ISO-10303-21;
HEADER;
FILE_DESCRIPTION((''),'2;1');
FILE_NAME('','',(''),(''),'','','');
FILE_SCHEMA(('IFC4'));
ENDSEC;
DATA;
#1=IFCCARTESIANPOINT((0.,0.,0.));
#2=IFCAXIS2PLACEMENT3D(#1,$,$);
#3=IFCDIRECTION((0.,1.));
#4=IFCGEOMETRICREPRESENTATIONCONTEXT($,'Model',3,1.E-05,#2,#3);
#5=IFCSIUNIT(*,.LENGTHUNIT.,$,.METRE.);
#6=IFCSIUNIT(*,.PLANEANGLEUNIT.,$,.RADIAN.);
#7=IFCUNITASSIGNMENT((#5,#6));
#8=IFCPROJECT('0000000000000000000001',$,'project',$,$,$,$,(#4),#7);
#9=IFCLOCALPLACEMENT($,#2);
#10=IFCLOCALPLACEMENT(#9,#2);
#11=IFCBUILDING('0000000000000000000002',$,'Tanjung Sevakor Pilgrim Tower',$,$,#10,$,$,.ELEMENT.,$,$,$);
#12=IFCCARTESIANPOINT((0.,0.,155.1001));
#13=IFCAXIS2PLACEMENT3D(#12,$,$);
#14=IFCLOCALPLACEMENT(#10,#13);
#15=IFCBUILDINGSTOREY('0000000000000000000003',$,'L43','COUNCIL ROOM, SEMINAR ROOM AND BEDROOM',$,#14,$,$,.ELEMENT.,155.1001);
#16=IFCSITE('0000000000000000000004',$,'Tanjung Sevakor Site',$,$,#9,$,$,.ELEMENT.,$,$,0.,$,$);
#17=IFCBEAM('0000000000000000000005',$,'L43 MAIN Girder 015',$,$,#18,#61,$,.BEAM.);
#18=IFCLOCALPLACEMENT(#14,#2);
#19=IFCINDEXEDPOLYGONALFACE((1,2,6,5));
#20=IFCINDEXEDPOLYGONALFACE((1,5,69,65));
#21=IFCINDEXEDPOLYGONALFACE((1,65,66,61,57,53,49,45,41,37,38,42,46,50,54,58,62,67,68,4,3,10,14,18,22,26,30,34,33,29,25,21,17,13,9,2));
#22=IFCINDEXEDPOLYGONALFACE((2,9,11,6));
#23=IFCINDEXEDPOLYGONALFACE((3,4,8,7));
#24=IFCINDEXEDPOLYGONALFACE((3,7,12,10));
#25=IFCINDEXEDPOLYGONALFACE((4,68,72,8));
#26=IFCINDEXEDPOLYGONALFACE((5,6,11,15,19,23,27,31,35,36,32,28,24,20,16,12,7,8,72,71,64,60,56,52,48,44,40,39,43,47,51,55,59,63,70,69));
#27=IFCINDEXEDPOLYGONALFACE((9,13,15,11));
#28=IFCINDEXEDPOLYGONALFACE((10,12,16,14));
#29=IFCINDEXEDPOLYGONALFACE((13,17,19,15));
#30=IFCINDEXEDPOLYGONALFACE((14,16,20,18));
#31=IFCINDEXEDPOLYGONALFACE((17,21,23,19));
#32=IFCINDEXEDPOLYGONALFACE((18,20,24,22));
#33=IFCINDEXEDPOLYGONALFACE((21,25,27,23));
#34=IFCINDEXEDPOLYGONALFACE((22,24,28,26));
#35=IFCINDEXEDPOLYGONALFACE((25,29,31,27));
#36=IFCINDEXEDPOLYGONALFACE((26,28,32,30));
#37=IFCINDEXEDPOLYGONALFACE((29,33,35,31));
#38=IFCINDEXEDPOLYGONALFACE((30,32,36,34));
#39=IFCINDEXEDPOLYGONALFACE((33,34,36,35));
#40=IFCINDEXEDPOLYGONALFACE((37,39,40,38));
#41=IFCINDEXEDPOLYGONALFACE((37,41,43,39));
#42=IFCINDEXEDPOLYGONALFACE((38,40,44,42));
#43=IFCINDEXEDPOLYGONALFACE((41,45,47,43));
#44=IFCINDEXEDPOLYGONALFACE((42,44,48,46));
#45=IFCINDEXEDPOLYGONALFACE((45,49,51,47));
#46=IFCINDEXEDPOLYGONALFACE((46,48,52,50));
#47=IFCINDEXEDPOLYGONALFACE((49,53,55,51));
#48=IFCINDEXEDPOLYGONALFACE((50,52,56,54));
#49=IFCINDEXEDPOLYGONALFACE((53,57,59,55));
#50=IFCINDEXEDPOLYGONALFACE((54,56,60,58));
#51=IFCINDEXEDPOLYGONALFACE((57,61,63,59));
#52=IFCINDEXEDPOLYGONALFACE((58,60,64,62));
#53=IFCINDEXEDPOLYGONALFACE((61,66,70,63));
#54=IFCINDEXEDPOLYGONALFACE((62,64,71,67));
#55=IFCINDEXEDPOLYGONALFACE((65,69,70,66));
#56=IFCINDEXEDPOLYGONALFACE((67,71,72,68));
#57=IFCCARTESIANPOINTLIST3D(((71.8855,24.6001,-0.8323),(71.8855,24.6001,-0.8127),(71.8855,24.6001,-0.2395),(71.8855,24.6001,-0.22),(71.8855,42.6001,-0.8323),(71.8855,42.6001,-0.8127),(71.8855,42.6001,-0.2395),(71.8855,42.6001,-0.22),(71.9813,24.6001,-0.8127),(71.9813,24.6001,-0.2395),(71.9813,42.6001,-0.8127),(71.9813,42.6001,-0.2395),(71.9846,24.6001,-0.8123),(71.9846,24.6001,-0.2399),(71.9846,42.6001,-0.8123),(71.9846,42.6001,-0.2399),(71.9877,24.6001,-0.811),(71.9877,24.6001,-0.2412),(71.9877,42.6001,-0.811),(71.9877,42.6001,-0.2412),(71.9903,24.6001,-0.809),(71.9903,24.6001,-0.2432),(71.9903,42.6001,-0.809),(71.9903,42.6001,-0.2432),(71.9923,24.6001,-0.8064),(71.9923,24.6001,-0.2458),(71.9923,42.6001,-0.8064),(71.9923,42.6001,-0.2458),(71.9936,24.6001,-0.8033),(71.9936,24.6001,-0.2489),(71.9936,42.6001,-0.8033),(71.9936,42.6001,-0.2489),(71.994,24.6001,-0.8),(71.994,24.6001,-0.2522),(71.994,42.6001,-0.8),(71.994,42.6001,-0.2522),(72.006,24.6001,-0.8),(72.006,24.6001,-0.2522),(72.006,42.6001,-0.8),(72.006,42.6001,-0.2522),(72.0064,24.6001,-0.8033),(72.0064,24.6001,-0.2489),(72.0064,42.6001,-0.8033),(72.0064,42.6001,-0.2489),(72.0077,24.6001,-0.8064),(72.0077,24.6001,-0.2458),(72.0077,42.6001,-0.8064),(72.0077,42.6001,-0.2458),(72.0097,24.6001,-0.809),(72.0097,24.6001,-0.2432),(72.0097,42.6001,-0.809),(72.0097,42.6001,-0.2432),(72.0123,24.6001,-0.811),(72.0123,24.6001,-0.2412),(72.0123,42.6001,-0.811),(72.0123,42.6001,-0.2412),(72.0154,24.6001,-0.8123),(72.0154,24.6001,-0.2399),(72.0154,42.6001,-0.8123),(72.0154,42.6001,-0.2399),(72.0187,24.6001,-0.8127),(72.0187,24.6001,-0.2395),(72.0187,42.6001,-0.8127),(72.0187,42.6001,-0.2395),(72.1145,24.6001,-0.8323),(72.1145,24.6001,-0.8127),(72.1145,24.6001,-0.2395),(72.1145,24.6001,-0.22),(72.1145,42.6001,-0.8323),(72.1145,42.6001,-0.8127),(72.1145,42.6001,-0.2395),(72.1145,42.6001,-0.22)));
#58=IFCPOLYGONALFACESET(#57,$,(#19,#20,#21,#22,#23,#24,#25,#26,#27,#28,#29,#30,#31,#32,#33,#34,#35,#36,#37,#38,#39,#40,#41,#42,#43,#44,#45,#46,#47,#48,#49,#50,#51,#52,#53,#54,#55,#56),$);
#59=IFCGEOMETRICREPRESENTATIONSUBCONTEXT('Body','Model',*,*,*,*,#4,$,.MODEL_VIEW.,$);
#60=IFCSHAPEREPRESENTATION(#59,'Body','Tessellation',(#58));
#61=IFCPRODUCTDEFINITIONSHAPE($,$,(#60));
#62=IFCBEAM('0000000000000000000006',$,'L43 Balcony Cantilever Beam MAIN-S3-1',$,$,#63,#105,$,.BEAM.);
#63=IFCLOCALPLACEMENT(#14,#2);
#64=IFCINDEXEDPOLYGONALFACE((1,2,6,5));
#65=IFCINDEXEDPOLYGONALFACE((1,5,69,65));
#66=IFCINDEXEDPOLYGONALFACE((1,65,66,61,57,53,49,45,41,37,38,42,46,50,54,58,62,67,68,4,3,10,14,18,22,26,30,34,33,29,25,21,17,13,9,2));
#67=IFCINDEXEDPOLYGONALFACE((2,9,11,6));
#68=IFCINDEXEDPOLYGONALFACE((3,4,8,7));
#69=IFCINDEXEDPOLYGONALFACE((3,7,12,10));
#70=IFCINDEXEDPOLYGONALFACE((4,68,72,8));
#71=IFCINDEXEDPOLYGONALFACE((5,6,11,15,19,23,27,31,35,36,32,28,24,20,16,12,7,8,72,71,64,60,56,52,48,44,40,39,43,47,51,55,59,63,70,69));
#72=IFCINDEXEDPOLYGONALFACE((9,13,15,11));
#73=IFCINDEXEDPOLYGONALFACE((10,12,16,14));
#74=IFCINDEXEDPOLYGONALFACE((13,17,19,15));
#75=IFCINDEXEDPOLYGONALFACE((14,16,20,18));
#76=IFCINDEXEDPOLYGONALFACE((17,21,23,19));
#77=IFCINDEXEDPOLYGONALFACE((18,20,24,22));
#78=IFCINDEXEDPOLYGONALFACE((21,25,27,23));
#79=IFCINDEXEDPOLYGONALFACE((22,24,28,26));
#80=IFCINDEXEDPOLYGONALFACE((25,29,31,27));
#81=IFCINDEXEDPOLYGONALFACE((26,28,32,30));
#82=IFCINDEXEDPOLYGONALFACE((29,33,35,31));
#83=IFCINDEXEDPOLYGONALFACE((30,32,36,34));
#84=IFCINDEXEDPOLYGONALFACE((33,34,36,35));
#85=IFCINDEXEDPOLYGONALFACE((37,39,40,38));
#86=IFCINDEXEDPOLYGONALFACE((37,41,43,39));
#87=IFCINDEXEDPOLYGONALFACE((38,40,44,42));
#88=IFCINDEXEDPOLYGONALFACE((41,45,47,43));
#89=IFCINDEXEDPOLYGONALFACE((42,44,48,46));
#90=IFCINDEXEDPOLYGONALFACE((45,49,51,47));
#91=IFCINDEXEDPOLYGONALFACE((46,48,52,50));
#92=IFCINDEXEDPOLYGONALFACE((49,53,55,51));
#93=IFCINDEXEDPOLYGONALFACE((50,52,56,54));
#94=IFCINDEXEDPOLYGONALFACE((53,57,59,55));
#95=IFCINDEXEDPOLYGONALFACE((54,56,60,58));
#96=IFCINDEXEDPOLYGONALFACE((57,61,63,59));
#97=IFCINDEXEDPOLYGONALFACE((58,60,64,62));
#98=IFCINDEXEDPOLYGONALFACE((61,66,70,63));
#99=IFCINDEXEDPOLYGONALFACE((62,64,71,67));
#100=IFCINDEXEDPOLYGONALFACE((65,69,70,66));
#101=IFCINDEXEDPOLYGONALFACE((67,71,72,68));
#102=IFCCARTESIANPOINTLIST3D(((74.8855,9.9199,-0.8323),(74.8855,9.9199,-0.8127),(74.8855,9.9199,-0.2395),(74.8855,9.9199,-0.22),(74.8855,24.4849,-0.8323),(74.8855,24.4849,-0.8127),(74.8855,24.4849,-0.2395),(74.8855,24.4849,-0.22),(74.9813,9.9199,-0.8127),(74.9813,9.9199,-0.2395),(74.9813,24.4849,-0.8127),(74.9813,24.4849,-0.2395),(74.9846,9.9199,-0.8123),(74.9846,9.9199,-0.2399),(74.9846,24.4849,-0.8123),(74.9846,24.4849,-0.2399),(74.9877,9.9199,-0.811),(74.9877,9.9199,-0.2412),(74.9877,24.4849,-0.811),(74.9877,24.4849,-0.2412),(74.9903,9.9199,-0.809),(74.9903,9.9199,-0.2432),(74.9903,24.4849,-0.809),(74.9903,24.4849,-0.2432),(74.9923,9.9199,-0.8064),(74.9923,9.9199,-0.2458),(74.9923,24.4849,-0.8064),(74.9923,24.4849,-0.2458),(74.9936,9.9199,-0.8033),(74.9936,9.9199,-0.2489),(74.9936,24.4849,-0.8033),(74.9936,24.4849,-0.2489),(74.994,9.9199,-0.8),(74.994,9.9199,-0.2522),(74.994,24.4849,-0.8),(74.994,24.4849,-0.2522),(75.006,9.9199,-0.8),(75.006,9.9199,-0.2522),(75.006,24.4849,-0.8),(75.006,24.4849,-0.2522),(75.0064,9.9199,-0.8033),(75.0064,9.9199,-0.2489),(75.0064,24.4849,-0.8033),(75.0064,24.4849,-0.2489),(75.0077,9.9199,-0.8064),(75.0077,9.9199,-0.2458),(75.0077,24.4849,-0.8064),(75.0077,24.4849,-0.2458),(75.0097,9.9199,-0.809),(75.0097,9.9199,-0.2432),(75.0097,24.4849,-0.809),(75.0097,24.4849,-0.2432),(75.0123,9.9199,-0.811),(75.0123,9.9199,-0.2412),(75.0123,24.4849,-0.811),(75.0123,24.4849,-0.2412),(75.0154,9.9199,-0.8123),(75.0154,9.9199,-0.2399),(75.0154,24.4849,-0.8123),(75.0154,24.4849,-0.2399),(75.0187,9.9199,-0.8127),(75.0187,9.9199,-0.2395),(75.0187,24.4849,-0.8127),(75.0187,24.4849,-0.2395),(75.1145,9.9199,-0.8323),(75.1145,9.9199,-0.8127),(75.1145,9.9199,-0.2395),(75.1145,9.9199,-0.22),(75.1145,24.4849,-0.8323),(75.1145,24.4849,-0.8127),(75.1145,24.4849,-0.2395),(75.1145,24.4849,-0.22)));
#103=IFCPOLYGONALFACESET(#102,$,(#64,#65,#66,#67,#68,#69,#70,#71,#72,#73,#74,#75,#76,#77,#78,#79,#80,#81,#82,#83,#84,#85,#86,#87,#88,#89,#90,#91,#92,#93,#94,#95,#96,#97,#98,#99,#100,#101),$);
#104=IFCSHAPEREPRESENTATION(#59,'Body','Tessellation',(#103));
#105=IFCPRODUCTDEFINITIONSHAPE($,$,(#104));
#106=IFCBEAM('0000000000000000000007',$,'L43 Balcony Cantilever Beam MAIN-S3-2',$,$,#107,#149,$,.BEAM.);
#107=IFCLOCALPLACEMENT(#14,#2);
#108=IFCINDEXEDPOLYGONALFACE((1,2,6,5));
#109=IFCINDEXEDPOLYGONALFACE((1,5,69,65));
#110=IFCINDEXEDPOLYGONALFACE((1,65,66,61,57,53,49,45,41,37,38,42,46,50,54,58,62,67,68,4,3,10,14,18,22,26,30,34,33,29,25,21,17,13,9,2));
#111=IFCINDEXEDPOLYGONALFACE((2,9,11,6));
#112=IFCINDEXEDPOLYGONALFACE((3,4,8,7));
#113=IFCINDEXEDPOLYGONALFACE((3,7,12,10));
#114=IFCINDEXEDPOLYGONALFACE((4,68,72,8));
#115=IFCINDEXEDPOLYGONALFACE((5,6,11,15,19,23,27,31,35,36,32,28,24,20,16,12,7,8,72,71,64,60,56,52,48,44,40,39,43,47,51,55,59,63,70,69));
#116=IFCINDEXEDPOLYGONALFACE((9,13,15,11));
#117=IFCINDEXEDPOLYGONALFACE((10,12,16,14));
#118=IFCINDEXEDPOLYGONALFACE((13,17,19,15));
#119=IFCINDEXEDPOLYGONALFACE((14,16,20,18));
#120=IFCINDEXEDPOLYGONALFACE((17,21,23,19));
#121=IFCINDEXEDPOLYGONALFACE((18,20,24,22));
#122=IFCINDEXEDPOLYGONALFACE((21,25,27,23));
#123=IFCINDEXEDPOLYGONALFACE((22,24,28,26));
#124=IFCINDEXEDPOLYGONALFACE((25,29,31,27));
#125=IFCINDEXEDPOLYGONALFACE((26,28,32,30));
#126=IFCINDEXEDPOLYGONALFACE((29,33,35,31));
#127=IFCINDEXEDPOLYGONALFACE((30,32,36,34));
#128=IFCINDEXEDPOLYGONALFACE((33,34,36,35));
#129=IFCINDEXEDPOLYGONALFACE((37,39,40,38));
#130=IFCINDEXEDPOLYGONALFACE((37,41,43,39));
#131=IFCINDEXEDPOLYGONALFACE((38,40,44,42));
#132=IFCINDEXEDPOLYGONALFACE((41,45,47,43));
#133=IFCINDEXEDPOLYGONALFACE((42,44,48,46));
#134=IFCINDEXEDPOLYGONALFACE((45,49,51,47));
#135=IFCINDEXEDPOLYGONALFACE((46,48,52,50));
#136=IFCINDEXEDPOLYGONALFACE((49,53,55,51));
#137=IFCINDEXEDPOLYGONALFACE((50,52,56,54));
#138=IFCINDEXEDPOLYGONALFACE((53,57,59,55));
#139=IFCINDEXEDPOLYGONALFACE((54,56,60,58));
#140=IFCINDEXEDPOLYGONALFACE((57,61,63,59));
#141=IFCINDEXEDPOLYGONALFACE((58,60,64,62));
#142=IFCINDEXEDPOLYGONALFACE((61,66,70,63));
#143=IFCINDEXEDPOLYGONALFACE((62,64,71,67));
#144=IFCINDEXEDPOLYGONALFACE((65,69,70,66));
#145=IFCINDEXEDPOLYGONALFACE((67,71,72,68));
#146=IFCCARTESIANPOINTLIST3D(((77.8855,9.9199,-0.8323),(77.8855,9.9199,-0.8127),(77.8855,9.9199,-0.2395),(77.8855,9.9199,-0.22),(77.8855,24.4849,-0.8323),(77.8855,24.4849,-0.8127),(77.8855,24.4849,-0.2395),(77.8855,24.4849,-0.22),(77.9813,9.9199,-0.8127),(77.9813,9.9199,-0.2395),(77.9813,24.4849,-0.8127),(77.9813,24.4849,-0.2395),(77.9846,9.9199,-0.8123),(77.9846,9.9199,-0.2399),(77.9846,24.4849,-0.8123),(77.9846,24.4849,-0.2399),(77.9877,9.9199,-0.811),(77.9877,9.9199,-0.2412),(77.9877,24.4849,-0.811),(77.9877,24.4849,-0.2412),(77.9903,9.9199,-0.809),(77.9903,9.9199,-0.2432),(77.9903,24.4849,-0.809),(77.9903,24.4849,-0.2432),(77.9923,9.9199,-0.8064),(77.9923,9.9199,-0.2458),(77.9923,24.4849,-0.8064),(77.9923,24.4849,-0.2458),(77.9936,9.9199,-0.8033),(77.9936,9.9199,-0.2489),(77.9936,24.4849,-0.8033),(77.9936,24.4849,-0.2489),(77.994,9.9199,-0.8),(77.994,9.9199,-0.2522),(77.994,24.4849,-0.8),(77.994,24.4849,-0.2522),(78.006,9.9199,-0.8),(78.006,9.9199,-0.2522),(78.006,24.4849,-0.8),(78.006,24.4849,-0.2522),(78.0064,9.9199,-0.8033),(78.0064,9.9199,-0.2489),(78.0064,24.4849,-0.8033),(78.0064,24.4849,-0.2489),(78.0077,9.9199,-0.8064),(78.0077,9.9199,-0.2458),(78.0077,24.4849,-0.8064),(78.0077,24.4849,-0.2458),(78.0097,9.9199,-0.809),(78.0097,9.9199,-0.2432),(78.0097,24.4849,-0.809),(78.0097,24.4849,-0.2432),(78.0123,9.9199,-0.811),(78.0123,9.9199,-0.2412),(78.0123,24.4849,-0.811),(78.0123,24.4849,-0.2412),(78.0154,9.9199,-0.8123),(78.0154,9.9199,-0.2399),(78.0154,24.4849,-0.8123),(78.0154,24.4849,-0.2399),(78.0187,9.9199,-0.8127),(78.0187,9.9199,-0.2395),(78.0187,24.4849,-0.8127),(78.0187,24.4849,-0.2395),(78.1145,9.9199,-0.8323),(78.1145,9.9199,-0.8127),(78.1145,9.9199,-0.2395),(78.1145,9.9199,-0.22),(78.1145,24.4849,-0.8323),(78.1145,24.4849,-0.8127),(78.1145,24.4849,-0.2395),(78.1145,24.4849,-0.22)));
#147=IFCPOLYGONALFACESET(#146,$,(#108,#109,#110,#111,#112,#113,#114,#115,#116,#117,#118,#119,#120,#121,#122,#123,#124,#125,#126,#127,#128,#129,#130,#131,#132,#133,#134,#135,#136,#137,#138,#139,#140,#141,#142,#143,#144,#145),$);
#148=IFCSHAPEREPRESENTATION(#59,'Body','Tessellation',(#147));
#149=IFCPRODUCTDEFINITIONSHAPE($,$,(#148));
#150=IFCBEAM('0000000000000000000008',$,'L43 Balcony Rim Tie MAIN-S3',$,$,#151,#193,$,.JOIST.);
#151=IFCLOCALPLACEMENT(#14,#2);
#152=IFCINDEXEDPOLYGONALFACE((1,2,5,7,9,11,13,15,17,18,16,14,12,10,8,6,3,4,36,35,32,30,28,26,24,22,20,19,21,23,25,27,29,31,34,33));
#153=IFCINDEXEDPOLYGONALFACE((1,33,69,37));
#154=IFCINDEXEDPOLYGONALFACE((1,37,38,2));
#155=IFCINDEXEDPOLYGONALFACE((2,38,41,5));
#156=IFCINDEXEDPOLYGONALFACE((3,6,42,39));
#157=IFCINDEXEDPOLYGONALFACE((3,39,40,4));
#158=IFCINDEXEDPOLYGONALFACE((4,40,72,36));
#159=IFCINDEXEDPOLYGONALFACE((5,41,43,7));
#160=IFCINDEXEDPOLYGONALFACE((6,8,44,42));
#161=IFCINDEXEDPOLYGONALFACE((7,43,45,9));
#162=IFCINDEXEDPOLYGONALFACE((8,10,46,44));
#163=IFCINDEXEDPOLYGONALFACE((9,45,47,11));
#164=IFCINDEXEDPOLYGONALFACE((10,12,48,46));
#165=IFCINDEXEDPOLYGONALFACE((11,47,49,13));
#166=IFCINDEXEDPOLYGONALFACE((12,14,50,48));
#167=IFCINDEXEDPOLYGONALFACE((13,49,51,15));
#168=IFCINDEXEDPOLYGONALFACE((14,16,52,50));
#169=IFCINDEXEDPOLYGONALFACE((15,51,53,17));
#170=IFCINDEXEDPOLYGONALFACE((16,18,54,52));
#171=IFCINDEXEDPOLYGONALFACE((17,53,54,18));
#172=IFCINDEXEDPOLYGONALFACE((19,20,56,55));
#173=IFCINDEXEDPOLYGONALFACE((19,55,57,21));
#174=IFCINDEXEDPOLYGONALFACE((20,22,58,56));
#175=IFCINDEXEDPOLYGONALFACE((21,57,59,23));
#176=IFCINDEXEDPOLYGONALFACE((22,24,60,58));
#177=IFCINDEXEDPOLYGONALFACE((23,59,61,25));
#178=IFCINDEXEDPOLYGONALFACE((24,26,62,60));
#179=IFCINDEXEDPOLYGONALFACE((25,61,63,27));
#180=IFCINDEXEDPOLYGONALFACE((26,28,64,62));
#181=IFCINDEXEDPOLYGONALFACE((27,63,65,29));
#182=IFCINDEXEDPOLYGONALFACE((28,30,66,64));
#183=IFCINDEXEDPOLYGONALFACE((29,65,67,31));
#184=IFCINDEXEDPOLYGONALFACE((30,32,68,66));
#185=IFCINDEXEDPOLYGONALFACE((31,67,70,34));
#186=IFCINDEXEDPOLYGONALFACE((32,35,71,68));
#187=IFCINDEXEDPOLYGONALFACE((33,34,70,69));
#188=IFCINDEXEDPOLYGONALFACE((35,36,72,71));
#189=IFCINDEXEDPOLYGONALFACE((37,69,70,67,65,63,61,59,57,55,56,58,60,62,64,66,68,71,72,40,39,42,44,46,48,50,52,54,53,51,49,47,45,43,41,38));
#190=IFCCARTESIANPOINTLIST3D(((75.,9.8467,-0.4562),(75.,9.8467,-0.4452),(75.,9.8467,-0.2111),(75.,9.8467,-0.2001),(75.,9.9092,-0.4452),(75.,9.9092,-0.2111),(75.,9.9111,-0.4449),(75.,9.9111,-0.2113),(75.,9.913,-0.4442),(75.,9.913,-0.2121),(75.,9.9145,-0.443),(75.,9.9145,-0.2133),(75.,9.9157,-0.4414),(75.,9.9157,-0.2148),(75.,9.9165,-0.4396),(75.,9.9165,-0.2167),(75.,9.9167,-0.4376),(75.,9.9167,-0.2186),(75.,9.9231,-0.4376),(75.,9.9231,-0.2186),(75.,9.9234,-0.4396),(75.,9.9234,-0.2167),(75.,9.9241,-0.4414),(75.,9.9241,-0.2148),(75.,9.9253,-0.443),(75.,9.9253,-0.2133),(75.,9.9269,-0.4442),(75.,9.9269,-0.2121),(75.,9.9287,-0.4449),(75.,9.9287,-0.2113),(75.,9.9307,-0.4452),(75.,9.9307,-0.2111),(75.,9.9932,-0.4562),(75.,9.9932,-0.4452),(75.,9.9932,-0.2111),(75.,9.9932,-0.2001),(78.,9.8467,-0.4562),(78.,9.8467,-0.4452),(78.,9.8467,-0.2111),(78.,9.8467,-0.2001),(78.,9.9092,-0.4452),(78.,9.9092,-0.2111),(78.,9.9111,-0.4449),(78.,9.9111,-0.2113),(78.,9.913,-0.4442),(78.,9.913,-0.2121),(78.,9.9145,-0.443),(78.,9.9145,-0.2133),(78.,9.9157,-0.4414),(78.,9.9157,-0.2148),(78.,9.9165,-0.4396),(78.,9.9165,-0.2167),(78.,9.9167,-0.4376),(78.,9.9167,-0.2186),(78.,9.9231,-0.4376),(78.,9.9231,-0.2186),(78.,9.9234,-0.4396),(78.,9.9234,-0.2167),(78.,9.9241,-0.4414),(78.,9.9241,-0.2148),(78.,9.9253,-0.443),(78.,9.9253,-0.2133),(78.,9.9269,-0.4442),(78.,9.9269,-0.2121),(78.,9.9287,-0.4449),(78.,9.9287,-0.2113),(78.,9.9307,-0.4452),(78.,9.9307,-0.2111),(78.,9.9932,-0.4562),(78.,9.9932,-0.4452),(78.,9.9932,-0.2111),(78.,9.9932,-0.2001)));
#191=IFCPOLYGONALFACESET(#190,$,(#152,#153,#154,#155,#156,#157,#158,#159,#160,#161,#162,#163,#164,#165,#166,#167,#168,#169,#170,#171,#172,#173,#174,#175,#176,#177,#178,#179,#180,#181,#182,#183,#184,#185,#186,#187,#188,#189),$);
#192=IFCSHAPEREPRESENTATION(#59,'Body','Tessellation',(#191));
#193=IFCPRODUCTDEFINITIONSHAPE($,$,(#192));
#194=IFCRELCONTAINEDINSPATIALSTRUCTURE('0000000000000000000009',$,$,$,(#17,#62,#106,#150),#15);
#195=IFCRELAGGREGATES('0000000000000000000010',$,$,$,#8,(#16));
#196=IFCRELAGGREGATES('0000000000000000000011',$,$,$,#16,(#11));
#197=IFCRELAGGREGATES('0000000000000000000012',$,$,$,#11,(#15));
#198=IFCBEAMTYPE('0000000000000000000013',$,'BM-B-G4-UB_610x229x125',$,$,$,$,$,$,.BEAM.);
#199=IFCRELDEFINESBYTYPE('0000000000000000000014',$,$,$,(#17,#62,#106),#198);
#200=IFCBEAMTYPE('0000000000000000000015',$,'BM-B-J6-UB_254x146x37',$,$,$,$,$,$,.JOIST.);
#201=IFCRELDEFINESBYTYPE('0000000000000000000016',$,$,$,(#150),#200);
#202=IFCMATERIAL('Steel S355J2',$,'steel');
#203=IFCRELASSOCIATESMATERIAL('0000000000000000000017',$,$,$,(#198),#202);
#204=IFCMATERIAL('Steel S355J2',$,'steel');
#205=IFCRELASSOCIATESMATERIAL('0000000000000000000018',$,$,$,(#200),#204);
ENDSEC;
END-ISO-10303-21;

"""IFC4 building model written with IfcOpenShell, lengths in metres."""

from ifc_helpers import new_model, si_unit, direction, frame, origin, origin_2d, place, context, subcontext, project, spatial, i_section, extrude, material, material_profile, profile_set, type_object, element, save


model = new_model("IFC4")

# Units and contexts
model_context = context("Model", 3, precision=1e-05, world=origin(), true_north=direction((0.0, 1.0)))
body_context = subcontext(model_context, "Body", "Model", "MODEL_VIEW")
ifc_project = project(units=[si_unit("LENGTHUNIT", "METRE"), si_unit("PLANEANGLEUNIT", "RADIAN")], contexts=[model_context])

# Site, building, storey
site_placement = place(None, origin())
site = spatial("IfcSite", under=ifc_project, at=site_placement, Name="Tanjung Sevakor Site", CompositionType="ELEMENT", RefElevation=0.0)
building_placement = place(site_placement, origin())
building = spatial("IfcBuilding", under=site, at=building_placement, Name="Tanjung Sevakor Pilgrim Tower", CompositionType="ELEMENT")
storey_placement = place(building_placement, frame((0.0, 0.0, 155.1001)))
storey = spatial("IfcBuildingStorey", under=building, at=storey_placement, Name="L43", Description="COUNCIL ROOM, SEMINAR ROOM AND BEDROOM", CompositionType="ELEMENT", Elevation=155.1001)

# Beams
ifc_material_1 = material(Name="Steel S355J2", Category="steel")
ifc_material_profile_1 = material_profile(ifc_material_1, i_section(OverallWidth=0.229, OverallDepth=0.6123, WebThickness=0.012, FlangeThickness=0.0195, FilletRadius=0.0127, at=origin_2d()))
ifc_profile_set_1 = profile_set([ifc_material_profile_1], Name="Steel S355J2")
beam_type_1 = type_object("IfcBeamType", Name="BM-B-G4-UB_610x229x125", PredefinedType="BEAM", material=ifc_profile_set_1)
beam_1_placement = place(storey_placement, frame((72.0, 24.6001, -0.5261), z_axis=(0.0, 1.0, 0.0), x_axis=(-1.0, 0.0, 0.0)))
element("IfcBeam", 1, at=beam_1_placement, inside=storey, type_object=beam_type_1, Name="L43 MAIN Girder 015", PredefinedType="BEAM", context=body_context, shape_type="SweptSolid", body=[
    extrude(i_section(OverallWidth=0.229, OverallDepth=0.6123, WebThickness=0.012, FlangeThickness=0.0195, FilletRadius=0.0127, at=origin_2d()), origin(), (0.0, 0.0, 1.0), 18.0),
])
for number, where, z_axis, x_axis, name in (
    (2, (75.0, 24.4849, -0.5261), (0.0, -1.0, 0.0), (1.0, 0.0, 0.0), "L43 Balcony Cantilever Beam MAIN-S3-1"),
    (3, (78.0, 24.4849, -0.5261), (0.0, -1.0, 0.0), (1.0, 0.0, 0.0), "L43 Balcony Cantilever Beam MAIN-S3-2"),
):
    element("IfcBeam", number, at=place(storey_placement, frame(where, z_axis=z_axis, x_axis=x_axis)), inside=storey, type_object=beam_type_1, Name=name, PredefinedType="BEAM", context=body_context, shape_type="SweptSolid", body=[
        extrude(i_section(OverallWidth=0.229, OverallDepth=0.6123, WebThickness=0.012, FlangeThickness=0.0195, FilletRadius=0.0127, at=origin_2d()), origin(), (0.0, 0.0, 1.0), 14.5649),
    ])
ifc_material_2 = material(Name="Steel S355J2", Category="steel")
ifc_material_profile_2 = material_profile(ifc_material_2, i_section(OverallWidth=0.1465, OverallDepth=0.2561, WebThickness=0.0063, FlangeThickness=0.011, FilletRadius=0.0076, at=origin_2d()))
ifc_profile_set_2 = profile_set([ifc_material_profile_2], Name="Steel S355J2")
beam_type_2 = type_object("IfcBeamType", Name="BM-B-J6-UB_254x146x37", PredefinedType="JOIST", material=ifc_profile_set_2)
beam_2_placement = place(storey_placement, frame((75.0, 9.9199, -0.3281), z_axis=(1.0, 0.0, 0.0), x_axis=(0.0, 1.0, 0.0)))
element("IfcBeam", 4, at=beam_2_placement, inside=storey, type_object=beam_type_2, Name="L43 Balcony Rim Tie MAIN-S3", PredefinedType="JOIST", context=body_context, shape_type="SweptSolid", body=[
    extrude(i_section(OverallWidth=0.1465, OverallDepth=0.2561, WebThickness=0.0063, FlangeThickness=0.011, FilletRadius=0.0076, at=origin_2d()), origin(), (0.0, 0.0, 1.0), 3.0),
])

save(model, "model.ifc")
